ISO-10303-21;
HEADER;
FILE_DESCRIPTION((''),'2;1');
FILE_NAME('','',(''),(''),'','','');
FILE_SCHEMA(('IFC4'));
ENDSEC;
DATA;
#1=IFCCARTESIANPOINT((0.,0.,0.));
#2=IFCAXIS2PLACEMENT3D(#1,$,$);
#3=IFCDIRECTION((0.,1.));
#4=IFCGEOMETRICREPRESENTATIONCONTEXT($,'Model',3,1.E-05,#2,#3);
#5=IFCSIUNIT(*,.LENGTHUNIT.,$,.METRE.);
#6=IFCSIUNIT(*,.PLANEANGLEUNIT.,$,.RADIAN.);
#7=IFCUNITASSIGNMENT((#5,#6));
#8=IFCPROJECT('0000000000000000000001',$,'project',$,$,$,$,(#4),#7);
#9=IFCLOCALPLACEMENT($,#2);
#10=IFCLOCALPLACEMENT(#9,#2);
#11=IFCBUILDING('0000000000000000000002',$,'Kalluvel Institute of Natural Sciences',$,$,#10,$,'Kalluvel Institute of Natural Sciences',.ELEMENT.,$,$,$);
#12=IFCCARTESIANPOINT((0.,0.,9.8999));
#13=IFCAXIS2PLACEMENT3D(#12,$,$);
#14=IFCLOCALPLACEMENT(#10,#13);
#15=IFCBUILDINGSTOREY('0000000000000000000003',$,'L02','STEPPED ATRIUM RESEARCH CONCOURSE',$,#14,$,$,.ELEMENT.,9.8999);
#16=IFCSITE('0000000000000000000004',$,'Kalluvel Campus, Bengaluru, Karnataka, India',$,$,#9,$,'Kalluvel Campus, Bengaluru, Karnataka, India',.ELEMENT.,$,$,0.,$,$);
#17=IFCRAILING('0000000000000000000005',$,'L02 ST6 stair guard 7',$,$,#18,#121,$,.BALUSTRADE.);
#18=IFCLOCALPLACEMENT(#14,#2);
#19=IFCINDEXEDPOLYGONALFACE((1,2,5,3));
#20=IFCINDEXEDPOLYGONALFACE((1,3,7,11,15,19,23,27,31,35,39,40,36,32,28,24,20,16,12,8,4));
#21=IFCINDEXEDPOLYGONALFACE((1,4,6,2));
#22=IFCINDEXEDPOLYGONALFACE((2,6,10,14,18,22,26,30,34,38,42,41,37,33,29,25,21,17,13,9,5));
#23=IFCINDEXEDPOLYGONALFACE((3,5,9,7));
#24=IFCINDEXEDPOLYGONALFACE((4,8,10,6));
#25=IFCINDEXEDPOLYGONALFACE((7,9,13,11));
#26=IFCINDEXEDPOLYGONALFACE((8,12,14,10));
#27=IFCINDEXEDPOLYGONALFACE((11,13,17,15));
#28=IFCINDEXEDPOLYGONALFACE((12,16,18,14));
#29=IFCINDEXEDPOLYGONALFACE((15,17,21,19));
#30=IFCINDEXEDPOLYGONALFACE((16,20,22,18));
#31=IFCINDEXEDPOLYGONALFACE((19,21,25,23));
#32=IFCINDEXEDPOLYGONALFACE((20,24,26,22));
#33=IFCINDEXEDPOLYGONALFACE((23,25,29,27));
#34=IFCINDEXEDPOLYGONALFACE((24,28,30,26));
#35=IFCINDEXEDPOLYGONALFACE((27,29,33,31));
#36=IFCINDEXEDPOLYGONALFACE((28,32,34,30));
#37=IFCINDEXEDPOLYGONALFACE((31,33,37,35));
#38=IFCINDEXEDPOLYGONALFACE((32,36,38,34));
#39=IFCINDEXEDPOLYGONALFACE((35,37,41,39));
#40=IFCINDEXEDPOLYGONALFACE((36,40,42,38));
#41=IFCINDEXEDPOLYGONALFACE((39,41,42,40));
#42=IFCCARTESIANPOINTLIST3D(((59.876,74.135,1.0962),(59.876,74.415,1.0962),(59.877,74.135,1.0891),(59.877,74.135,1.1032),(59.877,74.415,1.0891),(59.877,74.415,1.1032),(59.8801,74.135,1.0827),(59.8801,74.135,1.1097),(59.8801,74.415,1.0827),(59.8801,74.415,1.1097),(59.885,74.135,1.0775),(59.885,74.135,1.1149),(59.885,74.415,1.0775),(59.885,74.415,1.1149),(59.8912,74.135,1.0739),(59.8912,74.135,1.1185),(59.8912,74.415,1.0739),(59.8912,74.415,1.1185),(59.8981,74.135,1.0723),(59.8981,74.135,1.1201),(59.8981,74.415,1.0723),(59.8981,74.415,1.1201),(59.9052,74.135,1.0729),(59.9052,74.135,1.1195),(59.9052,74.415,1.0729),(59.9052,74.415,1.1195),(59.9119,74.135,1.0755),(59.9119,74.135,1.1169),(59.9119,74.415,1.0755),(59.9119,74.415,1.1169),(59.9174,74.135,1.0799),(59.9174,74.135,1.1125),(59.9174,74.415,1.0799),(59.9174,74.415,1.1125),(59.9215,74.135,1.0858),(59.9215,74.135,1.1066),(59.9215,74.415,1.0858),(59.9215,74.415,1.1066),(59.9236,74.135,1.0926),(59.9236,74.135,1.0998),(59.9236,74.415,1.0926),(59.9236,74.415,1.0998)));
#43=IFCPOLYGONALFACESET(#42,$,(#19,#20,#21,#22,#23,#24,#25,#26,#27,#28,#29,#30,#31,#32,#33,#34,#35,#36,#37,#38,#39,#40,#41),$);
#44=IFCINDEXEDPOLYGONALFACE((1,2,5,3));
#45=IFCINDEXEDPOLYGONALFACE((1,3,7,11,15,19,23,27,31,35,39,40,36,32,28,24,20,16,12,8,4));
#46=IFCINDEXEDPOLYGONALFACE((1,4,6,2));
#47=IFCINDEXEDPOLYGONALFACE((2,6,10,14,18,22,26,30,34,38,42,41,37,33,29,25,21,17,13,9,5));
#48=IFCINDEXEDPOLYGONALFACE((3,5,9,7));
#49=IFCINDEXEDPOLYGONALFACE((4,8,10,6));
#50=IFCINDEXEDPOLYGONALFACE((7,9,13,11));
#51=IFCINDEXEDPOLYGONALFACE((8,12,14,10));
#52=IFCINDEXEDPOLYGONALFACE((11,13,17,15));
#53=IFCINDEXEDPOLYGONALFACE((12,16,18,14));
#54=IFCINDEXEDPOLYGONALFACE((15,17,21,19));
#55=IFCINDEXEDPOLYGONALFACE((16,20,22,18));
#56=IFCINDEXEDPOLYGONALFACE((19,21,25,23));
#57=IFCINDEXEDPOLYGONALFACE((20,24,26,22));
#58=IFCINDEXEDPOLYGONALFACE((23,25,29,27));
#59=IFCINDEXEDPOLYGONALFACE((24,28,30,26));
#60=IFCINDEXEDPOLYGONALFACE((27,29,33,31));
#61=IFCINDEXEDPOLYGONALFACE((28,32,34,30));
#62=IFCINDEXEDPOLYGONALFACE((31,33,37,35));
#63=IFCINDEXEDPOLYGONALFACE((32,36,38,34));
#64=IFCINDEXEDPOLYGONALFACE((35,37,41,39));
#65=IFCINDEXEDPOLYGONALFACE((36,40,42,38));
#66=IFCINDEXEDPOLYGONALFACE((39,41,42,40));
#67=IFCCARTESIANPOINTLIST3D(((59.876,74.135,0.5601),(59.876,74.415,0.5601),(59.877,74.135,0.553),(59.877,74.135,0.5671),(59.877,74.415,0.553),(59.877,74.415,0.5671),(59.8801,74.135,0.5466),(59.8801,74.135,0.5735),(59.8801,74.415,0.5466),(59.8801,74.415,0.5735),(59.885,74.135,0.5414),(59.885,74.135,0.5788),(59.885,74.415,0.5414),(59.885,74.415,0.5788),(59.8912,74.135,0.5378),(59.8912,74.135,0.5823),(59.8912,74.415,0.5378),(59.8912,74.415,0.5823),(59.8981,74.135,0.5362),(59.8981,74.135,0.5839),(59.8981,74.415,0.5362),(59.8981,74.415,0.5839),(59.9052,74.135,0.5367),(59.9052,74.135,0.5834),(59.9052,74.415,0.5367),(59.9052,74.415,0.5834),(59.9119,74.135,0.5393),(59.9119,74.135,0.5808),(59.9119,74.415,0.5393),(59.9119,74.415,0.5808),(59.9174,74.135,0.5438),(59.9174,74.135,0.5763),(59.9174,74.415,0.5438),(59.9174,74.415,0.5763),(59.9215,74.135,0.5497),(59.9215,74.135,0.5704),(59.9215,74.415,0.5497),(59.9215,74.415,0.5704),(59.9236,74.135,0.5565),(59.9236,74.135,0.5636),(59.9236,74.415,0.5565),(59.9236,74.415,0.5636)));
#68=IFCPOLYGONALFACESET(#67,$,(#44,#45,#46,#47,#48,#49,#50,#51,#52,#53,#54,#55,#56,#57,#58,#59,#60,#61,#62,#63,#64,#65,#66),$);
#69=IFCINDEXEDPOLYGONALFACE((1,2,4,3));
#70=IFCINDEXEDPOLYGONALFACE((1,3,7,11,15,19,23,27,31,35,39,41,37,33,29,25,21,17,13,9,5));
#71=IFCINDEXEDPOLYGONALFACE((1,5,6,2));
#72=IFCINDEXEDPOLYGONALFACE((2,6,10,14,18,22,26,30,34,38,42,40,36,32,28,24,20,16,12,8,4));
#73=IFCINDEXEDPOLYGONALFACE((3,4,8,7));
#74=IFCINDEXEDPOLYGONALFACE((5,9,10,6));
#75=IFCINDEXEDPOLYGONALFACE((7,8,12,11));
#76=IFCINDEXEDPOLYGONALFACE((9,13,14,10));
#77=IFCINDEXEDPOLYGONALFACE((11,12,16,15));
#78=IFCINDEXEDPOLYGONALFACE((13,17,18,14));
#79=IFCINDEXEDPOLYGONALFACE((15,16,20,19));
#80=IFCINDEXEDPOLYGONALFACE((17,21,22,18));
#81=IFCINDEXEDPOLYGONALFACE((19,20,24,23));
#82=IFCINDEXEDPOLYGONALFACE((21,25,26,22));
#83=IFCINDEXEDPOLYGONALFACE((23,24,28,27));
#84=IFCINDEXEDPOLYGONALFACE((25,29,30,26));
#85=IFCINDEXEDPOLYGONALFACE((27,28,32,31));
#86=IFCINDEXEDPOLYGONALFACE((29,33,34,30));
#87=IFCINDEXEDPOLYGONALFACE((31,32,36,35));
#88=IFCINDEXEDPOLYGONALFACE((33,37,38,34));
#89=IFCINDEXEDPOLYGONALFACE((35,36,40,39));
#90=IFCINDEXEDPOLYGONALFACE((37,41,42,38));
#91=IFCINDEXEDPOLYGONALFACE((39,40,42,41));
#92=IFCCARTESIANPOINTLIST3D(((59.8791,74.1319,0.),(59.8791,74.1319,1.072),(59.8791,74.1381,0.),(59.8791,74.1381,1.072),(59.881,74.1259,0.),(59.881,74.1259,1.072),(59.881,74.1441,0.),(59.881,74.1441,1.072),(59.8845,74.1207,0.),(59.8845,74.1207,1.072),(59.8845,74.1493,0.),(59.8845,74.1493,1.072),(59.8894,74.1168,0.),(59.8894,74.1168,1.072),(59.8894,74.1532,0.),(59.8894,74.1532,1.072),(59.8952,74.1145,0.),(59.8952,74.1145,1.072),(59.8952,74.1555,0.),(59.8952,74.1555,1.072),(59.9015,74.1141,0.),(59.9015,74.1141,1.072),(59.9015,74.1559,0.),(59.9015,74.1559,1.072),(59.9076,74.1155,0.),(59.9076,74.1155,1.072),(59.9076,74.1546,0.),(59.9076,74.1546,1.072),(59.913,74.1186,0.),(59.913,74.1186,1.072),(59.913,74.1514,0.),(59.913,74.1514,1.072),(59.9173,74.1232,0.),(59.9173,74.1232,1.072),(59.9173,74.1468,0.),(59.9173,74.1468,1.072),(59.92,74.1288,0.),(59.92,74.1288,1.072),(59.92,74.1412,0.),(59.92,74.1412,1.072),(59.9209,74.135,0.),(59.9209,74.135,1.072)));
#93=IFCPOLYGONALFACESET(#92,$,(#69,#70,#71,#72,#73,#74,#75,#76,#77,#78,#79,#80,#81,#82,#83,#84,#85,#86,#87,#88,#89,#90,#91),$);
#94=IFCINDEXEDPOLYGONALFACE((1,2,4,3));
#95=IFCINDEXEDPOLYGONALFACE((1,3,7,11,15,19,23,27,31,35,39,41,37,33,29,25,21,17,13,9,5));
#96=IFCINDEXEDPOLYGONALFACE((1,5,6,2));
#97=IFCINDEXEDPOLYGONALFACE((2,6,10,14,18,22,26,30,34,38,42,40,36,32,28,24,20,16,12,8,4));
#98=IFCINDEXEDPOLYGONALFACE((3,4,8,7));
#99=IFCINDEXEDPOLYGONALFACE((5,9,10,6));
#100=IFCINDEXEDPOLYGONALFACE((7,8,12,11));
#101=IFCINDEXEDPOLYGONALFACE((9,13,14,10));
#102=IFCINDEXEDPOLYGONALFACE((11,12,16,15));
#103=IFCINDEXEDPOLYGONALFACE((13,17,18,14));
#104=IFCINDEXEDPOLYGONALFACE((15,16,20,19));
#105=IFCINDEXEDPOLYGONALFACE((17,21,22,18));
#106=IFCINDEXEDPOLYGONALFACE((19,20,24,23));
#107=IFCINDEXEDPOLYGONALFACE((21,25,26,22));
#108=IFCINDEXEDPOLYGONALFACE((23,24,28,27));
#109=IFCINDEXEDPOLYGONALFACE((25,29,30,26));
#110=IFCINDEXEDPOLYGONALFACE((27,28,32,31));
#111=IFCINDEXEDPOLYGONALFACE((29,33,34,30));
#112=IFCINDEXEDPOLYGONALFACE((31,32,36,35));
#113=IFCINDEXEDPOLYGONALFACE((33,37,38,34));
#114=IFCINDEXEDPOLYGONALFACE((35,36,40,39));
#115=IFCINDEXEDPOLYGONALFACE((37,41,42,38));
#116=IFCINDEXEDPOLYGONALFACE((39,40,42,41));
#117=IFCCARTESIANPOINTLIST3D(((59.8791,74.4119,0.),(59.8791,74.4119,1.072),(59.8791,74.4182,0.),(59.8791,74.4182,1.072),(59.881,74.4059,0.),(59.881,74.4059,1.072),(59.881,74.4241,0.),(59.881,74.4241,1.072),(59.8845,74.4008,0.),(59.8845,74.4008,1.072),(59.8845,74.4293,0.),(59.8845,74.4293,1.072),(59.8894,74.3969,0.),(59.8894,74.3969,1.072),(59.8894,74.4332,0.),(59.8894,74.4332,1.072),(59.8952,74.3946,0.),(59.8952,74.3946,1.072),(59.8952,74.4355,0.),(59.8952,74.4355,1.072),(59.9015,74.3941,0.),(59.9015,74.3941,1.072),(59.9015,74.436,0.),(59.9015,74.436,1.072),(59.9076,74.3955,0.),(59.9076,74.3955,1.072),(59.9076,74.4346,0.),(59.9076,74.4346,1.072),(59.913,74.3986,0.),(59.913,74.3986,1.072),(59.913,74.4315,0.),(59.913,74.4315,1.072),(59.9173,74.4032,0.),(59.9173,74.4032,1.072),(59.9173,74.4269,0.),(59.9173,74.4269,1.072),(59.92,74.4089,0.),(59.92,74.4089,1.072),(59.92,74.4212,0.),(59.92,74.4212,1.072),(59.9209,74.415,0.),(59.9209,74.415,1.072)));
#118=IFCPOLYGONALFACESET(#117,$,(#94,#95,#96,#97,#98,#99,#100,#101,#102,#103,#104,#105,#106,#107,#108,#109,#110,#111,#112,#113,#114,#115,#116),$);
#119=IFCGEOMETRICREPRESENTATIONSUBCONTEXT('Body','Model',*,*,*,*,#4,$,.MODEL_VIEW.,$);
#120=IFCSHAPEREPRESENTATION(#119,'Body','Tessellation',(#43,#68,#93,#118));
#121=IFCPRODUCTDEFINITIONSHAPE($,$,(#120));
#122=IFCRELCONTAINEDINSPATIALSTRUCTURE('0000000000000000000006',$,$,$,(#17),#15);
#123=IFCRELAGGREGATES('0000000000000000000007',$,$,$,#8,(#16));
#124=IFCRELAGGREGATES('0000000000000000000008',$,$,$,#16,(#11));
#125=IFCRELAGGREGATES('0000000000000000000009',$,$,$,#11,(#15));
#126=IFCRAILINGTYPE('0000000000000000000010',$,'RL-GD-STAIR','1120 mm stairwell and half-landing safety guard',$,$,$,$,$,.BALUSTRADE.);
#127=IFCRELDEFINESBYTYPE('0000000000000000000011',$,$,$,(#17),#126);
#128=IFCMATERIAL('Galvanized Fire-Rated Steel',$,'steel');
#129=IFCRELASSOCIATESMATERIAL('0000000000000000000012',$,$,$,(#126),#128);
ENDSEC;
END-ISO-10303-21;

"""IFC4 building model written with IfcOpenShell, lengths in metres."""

from ifc_helpers import new_model, si_unit, direction, frame, origin, origin_2d, place, context, subcontext, project, spatial, circle, extrude, material, type_object, element, save


model = new_model("IFC4")

# Units and contexts
model_context = context("Model", 3, precision=1e-05, world=origin(), true_north=direction((0.0, 1.0)))
body_context = subcontext(model_context, "Body", "Model", "MODEL_VIEW")
ifc_project = project(units=[si_unit("LENGTHUNIT", "METRE"), si_unit("PLANEANGLEUNIT", "RADIAN")], contexts=[model_context])

# Site, building, storey
site_placement = place(None, origin())
site = spatial("IfcSite", under=ifc_project, at=site_placement, Name="Kalluvel Campus, Bengaluru, Karnataka, India", LongName="Kalluvel Campus, Bengaluru, Karnataka, India", CompositionType="ELEMENT", RefElevation=0.0)
building_placement = place(site_placement, origin())
building = spatial("IfcBuilding", under=site, at=building_placement, Name="Kalluvel Institute of Natural Sciences", LongName="Kalluvel Institute of Natural Sciences", CompositionType="ELEMENT")
storey_placement = place(building_placement, frame((0.0, 0.0, 9.8999)))
storey = spatial("IfcBuildingStorey", under=building, at=storey_placement, Name="L02", Description="STEPPED ATRIUM RESEARCH CONCOURSE", CompositionType="ELEMENT", Elevation=9.8999)

# Railing
ifc_material_1 = material(Name="Galvanized Fire-Rated Steel", Category="steel")
railing_type_1 = type_object("IfcRailingType", Name="RL-GD-STAIR", Description="1120 mm stairwell and half-landing safety guard", PredefinedType="BALUSTRADE", material=ifc_material_1)
railing_1_placement = place(storey_placement, frame((59.8999, 74.135, 0.0)))
element("IfcRailing", 1, at=railing_1_placement, inside=storey, type_object=railing_type_1, Name="L02 ST6 stair guard 7", PredefinedType="BALUSTRADE", context=body_context, shape_type="SweptSolid", body=[
    extrude(circle(Radius=0.0239, at=origin_2d()), frame((0.0, 0.0, 1.0962), z_axis=(0.0, 1.0, 0.0), x_axis=(-1.0, 0.0, 0.0)), (0.0, 0.0, 1.0), 0.28),
    extrude(circle(Radius=0.0239, at=origin_2d()), frame((0.0, 0.0, 0.5601), z_axis=(0.0, 1.0, 0.0), x_axis=(-1.0, 0.0, 0.0)), (0.0, 0.0, 1.0), 0.28),
    extrude(circle(Radius=0.021, at=origin_2d()), origin(), (0.0, 0.0, 1.0), 1.072),
    extrude(circle(Radius=0.021, at=origin_2d()), frame((0.0, 0.28, 0.0)), (0.0, 0.0, 1.0), 1.072),
])

save(model, "model.ifc")
